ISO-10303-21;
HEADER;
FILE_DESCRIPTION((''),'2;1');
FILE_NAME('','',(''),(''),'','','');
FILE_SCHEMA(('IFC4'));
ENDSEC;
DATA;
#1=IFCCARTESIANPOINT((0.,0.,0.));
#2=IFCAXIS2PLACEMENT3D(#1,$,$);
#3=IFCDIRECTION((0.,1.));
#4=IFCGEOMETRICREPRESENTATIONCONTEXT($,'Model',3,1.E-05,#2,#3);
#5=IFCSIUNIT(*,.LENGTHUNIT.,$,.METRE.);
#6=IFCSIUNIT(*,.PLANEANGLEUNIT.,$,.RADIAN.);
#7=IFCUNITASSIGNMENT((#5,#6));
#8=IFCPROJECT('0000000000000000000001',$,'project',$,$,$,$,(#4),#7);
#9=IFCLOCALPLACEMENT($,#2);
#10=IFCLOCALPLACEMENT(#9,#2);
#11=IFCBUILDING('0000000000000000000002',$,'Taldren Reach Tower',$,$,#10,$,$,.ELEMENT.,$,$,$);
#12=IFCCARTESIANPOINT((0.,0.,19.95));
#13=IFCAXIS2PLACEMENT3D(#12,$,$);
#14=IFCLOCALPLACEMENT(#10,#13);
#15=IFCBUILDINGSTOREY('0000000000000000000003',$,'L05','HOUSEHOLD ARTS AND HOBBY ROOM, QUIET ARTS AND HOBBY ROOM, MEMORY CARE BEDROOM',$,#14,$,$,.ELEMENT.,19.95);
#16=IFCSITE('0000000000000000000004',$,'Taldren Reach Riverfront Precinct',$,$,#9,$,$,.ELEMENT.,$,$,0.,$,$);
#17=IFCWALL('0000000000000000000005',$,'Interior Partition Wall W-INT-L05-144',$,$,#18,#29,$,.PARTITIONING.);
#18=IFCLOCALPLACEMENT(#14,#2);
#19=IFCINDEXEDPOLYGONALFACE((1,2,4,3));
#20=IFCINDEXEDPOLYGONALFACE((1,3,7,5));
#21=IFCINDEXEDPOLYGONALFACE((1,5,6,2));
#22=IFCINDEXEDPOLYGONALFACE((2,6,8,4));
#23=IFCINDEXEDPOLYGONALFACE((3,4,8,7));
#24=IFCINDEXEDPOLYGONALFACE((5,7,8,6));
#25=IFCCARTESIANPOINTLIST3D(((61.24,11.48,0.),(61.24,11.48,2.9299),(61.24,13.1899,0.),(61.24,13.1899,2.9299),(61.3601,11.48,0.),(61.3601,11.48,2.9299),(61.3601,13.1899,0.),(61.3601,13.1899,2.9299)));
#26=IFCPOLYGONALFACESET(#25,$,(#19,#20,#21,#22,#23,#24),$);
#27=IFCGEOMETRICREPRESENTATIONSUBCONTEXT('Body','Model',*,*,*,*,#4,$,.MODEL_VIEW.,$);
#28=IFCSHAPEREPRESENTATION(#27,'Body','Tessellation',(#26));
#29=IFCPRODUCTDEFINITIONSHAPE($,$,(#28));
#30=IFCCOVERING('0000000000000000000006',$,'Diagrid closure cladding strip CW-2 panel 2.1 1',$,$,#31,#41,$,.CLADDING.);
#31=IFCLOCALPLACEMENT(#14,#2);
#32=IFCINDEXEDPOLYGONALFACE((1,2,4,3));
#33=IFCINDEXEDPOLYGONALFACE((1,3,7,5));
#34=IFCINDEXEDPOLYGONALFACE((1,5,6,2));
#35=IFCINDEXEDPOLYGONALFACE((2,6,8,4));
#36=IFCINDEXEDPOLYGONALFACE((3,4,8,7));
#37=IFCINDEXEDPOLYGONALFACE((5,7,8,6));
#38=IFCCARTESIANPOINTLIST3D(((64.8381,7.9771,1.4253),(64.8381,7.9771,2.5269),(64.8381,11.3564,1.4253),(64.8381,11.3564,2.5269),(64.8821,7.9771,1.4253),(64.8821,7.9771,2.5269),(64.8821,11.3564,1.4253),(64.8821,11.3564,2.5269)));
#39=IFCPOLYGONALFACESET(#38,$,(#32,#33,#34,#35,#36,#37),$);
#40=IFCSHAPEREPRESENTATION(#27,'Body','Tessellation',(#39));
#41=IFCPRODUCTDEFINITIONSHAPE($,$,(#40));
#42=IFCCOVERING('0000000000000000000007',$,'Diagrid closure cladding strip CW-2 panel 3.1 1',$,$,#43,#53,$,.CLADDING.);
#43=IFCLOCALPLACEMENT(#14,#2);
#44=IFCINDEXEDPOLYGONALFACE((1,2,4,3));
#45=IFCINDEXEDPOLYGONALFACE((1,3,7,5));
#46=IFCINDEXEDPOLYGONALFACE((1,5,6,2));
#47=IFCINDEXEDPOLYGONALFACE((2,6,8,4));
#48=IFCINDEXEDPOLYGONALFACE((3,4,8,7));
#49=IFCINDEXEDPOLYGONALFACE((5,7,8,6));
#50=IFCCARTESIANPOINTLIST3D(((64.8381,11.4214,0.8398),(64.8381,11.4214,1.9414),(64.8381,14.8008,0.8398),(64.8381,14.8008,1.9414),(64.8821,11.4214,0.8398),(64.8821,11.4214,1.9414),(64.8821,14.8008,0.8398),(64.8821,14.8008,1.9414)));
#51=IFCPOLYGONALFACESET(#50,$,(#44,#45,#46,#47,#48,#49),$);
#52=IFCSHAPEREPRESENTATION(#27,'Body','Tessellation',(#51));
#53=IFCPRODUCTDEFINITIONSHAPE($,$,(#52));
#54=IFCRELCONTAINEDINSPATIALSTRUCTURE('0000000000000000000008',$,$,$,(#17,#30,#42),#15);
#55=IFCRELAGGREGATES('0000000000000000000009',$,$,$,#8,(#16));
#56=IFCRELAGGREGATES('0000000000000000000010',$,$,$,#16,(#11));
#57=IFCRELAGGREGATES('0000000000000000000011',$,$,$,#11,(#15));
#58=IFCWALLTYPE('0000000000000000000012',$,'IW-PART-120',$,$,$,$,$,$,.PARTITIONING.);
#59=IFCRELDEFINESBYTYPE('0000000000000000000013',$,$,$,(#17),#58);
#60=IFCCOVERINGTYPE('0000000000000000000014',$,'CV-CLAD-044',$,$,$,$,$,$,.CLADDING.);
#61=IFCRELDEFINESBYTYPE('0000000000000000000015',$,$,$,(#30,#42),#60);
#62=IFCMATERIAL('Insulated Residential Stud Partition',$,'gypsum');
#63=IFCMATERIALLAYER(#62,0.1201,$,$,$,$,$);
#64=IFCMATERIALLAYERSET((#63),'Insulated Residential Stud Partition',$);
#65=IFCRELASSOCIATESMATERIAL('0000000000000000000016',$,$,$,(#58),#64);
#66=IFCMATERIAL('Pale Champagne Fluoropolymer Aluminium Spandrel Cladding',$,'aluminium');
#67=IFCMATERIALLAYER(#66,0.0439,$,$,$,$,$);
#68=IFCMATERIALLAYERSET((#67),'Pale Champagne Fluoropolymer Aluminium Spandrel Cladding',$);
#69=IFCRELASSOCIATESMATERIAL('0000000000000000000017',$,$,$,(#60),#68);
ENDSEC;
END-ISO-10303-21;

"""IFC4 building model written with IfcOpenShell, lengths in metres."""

from ifc_helpers import new_model, si_unit, direction, frame, frame_2d, origin, origin_2d, place, context, subcontext, project, spatial, rectangle, extrude, source, transform, mapped, material, layer, layer_set, type_object, element, save


model = new_model("IFC4")

# Units and contexts
model_context = context("Model", 3, precision=1e-05, world=origin(), true_north=direction((0.0, 1.0)))
body_context = subcontext(model_context, "Body", "Model", "MODEL_VIEW")
ifc_project = project(units=[si_unit("LENGTHUNIT", "METRE"), si_unit("PLANEANGLEUNIT", "RADIAN")], contexts=[model_context])

# Site, building, storey
site_placement = place(None, origin())
site = spatial("IfcSite", under=ifc_project, at=site_placement, Name="Taldren Reach Riverfront Precinct", CompositionType="ELEMENT", RefElevation=0.0)
building_placement = place(site_placement, origin())
building = spatial("IfcBuilding", under=site, at=building_placement, Name="Taldren Reach Tower", CompositionType="ELEMENT")
storey_placement = place(building_placement, frame((0.0, 0.0, 19.95)))
storey = spatial("IfcBuildingStorey", under=building, at=storey_placement, Name="L05", Description="HOUSEHOLD ARTS AND HOBBY ROOM, QUIET ARTS AND HOBBY ROOM, MEMORY CARE BEDROOM", CompositionType="ELEMENT", Elevation=19.95)

# Shared definitions
ifc_material_1 = material(Name="Insulated Residential Stud Partition", Category="gypsum")
ifc_layer_1 = layer(ifc_material_1, 0.1201)
ifc_layer_set_1 = layer_set([ifc_layer_1], Name="Insulated Residential Stud Partition")
wall_type_1 = type_object("IfcWallType", Name="IW-PART-120", PredefinedType="PARTITIONING", material=ifc_layer_set_1)

# Wall
shared_shape_1 = source(origin(), body_context, "Body", "SweptSolid", [
    extrude(rectangle(XDim=1.71, YDim=0.1201, at=frame_2d((0.855, 0.0))), origin(), (0.0, 0.0, 1.0), 2.9299),
])
for number, where, z_axis, x_axis, name in (
    (1, (61.3, 11.48, 0.0), (0.0, 0.0, 1.0), (0.0, 1.0, 0.0), "Interior Partition Wall W-INT-L05-144"),
):
    element("IfcWall", number, at=place(storey_placement, frame(where, z_axis=z_axis, x_axis=x_axis)), inside=storey, type_object=wall_type_1, Name=name, PredefinedType="PARTITIONING", context=body_context, shape_type="MappedRepresentation", body=[
        mapped(shared_shape_1, transform((0.0, 0.0, 0.0), scale=1.0)),
    ])

# Coverings
ifc_material_2 = material(Name="Pale Champagne Fluoropolymer Aluminium Spandrel Cladding", Category="aluminium")
ifc_layer_2 = layer(ifc_material_2, 0.0439)
ifc_layer_set_2 = layer_set([ifc_layer_2], Name="Pale Champagne Fluoropolymer Aluminium Spandrel Cladding")
covering_type = type_object("IfcCoveringType", Name="CV-CLAD-044", PredefinedType="CLADDING", material=ifc_layer_set_2)
shared_shape_2 = source(origin(), body_context, "Body", "SweptSolid", [
    extrude(rectangle(XDim=3.3794, YDim=0.0439, at=origin_2d()), origin(), (0.0, 0.0, 1.0), 1.1016),
])
for number, where, z_axis, x_axis, name in (
    (2, (64.8601, 9.6667, 1.4253), (0.0, 0.0, 1.0), (0.0, 1.0, 0.0), "Diagrid closure cladding strip CW-2 panel 2.1 1"),
    (3, (64.8601, 13.1111, 0.8398), (0.0, 0.0, 1.0), (0.0, 1.0, 0.0), "Diagrid closure cladding strip CW-2 panel 3.1 1"),
):
    element("IfcCovering", number, at=place(storey_placement, frame(where, z_axis=z_axis, x_axis=x_axis)), inside=storey, type_object=covering_type, Name=name, PredefinedType="CLADDING", context=body_context, shape_type="MappedRepresentation", body=[
        mapped(shared_shape_2, transform((0.0, 0.0, 0.0), scale=1.0)),
    ])

save(model, "model.ifc")
